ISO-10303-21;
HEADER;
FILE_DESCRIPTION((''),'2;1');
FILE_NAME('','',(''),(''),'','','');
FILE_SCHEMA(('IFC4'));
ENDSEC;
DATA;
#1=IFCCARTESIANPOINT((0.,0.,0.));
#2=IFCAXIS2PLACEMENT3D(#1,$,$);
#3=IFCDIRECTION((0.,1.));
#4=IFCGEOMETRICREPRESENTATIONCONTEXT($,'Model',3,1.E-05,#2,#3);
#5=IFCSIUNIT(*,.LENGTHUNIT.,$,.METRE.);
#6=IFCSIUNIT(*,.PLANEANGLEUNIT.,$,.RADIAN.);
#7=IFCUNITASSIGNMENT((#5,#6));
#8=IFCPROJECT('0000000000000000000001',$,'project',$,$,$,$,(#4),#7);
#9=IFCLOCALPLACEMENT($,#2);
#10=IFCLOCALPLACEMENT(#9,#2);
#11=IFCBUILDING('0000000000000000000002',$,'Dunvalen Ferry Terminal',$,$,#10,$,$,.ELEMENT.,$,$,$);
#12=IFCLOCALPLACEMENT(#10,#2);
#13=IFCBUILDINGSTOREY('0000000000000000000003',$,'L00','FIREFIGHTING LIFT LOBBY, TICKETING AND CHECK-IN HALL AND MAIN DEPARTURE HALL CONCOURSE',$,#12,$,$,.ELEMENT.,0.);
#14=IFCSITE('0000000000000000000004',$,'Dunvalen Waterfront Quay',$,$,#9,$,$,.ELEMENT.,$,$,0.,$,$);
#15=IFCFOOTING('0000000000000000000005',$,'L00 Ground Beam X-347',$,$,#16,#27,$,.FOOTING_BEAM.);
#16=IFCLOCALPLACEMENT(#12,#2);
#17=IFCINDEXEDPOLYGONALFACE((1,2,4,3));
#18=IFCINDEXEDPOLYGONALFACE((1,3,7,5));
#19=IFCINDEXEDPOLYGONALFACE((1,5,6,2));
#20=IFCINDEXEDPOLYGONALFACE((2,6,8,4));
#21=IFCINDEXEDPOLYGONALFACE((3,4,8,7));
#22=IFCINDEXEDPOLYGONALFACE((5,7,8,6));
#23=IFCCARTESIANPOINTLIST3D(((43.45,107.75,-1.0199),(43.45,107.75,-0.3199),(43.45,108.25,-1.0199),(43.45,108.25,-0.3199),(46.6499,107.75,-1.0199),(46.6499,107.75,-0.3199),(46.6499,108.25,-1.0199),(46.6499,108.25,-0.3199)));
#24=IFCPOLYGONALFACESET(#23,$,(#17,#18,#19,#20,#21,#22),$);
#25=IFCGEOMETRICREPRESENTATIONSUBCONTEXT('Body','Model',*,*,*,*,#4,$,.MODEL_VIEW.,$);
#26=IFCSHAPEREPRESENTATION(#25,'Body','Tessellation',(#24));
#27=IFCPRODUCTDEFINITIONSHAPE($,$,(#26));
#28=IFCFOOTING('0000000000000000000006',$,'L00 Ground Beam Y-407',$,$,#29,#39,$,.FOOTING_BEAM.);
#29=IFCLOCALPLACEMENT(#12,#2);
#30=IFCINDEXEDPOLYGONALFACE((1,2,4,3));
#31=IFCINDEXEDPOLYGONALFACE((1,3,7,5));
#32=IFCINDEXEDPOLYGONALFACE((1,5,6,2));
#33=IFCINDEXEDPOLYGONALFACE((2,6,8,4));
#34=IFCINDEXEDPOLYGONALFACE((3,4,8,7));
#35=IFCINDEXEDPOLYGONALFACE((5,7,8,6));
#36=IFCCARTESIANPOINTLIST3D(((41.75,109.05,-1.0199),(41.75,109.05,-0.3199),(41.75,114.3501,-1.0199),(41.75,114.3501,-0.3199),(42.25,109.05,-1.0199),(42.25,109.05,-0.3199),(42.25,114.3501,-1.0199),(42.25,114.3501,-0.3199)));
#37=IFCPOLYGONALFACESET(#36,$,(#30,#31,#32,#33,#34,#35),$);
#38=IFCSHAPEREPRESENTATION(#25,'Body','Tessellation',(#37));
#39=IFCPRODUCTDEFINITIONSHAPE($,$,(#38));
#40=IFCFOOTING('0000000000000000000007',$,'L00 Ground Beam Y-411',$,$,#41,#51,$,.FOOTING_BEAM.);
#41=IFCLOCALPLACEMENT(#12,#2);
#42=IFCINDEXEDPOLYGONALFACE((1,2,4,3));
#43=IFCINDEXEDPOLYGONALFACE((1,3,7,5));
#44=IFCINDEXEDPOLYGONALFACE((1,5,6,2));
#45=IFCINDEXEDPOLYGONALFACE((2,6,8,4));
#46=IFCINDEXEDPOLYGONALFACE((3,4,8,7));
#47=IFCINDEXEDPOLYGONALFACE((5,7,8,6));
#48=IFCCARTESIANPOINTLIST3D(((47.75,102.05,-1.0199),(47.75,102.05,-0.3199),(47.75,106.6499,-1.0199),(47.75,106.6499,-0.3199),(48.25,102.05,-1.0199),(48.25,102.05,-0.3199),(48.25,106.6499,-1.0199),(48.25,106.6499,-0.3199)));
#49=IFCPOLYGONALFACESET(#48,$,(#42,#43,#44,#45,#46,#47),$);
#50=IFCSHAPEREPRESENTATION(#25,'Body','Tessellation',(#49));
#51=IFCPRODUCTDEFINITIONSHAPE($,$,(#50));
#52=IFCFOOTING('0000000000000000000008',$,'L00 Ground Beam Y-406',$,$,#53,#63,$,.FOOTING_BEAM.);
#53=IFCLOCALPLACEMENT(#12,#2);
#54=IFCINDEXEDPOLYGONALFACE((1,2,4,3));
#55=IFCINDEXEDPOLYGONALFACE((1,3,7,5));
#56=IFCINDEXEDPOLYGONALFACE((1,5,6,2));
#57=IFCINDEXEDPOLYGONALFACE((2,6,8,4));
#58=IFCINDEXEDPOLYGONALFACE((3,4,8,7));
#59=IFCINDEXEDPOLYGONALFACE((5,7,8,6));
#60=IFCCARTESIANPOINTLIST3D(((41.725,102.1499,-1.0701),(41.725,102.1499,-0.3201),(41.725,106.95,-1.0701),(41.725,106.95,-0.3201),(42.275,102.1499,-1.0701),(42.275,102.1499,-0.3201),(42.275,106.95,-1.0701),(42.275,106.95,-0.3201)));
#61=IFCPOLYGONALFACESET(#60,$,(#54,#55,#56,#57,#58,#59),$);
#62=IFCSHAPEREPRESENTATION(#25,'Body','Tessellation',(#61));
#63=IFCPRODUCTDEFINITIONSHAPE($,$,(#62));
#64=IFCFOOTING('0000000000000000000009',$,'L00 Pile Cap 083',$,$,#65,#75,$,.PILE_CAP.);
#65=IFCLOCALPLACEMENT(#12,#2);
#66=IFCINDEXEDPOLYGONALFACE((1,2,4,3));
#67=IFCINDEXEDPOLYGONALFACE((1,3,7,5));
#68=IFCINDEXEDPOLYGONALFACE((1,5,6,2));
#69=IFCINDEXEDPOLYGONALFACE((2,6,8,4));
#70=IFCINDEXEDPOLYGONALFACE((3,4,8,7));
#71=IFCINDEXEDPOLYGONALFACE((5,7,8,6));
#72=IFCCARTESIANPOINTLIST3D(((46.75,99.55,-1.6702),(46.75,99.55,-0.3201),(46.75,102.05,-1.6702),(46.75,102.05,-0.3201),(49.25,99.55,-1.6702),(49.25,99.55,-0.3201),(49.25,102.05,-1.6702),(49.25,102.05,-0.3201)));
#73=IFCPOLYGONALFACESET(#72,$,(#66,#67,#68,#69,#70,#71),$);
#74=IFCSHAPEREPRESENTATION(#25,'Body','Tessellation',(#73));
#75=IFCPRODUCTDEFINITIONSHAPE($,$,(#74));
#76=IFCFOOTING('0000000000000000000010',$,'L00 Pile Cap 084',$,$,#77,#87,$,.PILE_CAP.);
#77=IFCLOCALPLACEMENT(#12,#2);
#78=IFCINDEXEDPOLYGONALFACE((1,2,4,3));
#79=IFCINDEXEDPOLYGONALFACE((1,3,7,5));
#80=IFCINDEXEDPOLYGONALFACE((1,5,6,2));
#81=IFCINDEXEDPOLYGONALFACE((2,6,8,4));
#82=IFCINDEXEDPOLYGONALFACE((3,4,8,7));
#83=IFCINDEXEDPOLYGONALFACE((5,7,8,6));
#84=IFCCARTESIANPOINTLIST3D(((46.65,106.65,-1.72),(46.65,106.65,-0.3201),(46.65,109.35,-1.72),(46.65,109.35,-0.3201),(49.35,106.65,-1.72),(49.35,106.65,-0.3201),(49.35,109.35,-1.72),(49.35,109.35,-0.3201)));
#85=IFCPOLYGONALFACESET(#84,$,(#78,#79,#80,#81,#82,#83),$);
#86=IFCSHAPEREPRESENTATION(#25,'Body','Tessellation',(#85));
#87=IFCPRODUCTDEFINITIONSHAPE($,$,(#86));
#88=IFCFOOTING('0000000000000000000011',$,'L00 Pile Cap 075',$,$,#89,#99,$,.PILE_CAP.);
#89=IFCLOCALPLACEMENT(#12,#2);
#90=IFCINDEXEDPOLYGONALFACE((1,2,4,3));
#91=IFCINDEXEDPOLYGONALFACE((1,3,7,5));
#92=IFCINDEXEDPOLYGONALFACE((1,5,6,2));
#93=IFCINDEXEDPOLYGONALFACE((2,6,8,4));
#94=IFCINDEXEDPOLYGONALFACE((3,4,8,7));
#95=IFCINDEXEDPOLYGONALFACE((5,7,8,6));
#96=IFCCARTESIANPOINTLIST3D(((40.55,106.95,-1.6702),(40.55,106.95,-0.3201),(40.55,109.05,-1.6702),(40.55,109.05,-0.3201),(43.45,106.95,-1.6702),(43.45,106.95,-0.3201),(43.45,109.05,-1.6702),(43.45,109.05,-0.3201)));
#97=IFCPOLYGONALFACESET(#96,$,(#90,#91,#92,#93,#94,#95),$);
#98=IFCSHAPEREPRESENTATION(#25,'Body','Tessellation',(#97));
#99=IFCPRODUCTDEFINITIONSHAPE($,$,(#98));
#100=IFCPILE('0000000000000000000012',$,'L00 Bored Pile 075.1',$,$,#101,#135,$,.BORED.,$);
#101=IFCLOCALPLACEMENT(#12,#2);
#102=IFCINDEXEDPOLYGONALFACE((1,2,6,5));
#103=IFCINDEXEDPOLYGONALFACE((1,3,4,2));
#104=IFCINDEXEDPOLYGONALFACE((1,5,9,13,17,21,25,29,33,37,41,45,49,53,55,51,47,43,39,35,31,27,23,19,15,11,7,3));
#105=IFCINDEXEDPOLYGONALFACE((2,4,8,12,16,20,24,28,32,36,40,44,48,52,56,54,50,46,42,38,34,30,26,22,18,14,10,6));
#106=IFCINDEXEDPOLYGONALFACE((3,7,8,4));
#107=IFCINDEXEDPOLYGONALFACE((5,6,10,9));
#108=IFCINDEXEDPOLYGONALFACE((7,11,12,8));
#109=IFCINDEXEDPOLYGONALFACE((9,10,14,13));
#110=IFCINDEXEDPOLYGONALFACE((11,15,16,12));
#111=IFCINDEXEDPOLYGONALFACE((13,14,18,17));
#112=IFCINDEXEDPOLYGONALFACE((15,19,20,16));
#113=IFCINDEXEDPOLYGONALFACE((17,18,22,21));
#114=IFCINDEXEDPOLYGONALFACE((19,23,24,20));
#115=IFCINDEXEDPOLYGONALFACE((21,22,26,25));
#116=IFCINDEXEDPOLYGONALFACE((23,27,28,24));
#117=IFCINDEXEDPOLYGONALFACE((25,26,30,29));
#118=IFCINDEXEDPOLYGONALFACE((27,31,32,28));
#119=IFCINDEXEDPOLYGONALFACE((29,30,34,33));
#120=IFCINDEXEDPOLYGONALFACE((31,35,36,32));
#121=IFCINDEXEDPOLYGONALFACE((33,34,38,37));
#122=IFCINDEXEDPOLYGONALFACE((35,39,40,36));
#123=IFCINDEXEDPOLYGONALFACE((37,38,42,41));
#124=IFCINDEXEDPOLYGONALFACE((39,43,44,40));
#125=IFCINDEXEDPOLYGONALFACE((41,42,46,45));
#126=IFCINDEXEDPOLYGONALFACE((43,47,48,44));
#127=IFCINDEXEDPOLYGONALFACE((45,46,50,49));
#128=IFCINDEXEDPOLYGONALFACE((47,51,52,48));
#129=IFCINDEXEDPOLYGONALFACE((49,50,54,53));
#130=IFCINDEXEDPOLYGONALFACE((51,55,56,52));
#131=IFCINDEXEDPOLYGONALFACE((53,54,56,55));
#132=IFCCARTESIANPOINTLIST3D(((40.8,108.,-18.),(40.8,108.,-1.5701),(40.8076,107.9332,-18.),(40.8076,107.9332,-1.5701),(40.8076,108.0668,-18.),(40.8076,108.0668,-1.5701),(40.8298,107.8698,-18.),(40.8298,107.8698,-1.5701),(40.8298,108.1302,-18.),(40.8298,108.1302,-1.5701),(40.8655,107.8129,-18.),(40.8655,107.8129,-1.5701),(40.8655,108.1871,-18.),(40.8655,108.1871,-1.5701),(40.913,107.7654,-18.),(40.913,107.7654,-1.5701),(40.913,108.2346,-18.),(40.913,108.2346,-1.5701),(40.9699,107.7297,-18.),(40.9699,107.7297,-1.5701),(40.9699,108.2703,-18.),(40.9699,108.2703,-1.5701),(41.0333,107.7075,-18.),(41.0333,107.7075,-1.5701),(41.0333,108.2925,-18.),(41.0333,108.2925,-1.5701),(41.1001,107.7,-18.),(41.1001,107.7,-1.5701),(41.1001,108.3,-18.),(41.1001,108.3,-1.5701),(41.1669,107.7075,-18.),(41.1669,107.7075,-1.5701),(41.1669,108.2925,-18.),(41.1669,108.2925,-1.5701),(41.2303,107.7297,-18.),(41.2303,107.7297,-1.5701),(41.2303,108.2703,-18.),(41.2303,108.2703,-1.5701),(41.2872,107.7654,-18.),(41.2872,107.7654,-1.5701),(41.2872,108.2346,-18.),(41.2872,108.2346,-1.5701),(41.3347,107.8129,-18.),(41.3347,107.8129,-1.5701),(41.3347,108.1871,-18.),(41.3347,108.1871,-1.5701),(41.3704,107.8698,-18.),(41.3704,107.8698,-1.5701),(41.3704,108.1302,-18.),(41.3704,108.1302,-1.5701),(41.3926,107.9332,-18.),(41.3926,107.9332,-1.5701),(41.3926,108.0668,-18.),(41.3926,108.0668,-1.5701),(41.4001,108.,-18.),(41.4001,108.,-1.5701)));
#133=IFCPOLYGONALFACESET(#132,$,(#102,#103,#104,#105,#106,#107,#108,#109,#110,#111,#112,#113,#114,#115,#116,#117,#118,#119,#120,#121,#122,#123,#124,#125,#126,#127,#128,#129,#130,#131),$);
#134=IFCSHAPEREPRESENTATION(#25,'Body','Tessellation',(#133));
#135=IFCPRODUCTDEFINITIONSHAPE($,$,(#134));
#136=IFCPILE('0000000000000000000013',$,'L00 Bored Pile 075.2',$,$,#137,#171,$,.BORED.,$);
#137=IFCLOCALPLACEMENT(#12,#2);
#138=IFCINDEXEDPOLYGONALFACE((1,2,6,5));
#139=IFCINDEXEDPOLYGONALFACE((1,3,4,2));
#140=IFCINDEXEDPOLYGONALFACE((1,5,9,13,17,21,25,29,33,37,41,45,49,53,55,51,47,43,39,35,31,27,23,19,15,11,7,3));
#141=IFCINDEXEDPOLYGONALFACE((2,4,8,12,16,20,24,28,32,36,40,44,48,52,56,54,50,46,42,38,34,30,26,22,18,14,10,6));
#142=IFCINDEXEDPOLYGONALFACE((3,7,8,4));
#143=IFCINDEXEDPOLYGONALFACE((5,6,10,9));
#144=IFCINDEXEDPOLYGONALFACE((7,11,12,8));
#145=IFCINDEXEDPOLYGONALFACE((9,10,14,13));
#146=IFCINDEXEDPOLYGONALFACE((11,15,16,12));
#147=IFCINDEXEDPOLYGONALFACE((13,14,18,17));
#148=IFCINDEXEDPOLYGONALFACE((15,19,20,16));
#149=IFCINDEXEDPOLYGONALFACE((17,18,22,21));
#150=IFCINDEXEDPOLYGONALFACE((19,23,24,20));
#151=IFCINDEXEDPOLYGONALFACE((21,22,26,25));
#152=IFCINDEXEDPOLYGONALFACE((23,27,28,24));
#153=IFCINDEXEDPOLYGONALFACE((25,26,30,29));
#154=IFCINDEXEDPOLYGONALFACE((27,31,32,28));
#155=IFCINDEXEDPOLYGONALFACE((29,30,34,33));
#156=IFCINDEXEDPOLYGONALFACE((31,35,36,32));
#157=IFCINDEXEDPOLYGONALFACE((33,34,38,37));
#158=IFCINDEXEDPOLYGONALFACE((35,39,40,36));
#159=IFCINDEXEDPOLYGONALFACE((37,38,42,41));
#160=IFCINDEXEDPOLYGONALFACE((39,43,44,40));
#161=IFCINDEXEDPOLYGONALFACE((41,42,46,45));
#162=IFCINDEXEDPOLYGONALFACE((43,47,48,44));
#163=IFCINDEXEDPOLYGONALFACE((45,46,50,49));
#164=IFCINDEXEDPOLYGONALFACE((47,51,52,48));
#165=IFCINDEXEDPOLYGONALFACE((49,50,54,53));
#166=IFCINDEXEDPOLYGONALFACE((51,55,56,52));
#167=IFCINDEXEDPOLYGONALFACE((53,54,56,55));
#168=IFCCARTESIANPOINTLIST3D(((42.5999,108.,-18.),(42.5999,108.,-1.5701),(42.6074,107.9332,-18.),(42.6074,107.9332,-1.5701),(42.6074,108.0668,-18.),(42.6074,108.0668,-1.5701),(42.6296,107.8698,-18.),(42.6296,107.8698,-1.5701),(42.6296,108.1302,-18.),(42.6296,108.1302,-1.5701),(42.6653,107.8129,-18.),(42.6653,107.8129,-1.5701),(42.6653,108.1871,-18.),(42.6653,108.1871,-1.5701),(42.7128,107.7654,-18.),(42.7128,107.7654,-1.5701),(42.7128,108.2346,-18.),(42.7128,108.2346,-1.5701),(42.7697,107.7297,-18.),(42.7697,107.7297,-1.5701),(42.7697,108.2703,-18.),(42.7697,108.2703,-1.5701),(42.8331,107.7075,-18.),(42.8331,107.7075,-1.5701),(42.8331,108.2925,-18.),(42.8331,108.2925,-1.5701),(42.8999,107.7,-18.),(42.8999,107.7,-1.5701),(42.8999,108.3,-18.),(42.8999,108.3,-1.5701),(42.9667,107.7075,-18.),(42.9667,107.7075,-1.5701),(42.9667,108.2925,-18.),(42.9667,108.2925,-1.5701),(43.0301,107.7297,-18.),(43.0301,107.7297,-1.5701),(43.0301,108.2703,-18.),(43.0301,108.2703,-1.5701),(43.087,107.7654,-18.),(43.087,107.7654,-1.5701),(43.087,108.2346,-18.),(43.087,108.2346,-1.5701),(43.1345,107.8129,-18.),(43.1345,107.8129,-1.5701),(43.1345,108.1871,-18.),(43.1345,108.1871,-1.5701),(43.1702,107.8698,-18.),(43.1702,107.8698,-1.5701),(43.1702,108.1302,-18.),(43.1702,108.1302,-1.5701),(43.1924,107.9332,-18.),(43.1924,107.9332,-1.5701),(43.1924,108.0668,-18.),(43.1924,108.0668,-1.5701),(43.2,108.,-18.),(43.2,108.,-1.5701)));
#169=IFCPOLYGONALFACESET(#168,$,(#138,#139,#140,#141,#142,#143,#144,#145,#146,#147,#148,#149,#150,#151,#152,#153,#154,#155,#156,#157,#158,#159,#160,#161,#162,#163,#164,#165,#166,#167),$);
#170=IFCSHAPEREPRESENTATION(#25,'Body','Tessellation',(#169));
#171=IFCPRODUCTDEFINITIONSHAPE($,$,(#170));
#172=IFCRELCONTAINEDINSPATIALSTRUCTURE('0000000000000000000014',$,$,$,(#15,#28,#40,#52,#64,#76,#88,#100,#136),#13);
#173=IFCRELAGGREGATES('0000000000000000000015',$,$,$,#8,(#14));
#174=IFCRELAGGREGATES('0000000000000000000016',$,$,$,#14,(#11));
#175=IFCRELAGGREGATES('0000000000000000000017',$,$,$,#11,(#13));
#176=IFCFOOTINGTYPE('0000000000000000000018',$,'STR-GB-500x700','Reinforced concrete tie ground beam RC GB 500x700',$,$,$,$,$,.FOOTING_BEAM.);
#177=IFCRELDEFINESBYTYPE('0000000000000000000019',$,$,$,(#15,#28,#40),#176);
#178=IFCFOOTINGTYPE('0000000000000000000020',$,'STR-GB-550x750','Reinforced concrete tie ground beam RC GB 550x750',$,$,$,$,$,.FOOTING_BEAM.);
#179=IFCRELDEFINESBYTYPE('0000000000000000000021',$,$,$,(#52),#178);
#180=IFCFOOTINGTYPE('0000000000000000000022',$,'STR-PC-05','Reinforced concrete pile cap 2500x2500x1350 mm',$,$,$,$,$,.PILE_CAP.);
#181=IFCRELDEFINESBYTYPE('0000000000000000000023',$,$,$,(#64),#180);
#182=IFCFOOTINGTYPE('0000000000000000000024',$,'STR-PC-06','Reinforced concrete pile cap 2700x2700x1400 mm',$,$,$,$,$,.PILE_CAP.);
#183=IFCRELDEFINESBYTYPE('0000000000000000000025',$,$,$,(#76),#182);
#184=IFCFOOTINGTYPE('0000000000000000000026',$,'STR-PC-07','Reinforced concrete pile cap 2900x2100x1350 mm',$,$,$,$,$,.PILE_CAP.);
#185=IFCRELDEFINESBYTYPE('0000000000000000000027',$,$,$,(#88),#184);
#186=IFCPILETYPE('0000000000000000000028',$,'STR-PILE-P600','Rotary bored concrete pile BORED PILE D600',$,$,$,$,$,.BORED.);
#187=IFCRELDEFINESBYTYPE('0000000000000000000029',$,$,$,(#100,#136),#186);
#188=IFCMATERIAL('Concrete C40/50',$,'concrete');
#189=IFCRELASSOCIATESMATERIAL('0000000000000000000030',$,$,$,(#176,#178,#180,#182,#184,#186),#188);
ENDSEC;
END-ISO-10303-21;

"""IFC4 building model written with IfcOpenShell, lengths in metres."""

from ifc_helpers import new_model, si_unit, direction, frame, origin, origin_2d, place, context, subcontext, project, spatial, rectangle, circle, extrude, material, material_profile, profile_set, type_object, element, save


model = new_model("IFC4")

# Units and contexts
model_context = context("Model", 3, precision=1e-05, world=origin(), true_north=direction((0.0, 1.0)))
body_context = subcontext(model_context, "Body", "Model", "MODEL_VIEW")
ifc_project = project(units=[si_unit("LENGTHUNIT", "METRE"), si_unit("PLANEANGLEUNIT", "RADIAN")], contexts=[model_context])

# Site, building, storey
site_placement = place(None, origin())
site = spatial("IfcSite", under=ifc_project, at=site_placement, Name="Dunvalen Waterfront Quay", CompositionType="ELEMENT", RefElevation=0.0)
building_placement = place(site_placement, origin())
building = spatial("IfcBuilding", under=site, at=building_placement, Name="Dunvalen Ferry Terminal", CompositionType="ELEMENT")
storey_placement = place(building_placement, origin())
storey = spatial("IfcBuildingStorey", under=building, at=storey_placement, Name="L00", Description="FIREFIGHTING LIFT LOBBY, TICKETING AND CHECK-IN HALL AND MAIN DEPARTURE HALL CONCOURSE", CompositionType="ELEMENT", Elevation=0.0)

# Footings
ifc_material_1 = material(Name="Concrete C40/50", Category="concrete")
ifc_material_profile_1 = material_profile(ifc_material_1, rectangle(XDim=0.5, YDim=0.7, at=origin_2d()), Name="Concrete C40/50")
ifc_profile_set_1 = profile_set([ifc_material_profile_1], Name="Concrete C40/50")
footing_type_1 = type_object("IfcFootingType", Name="STR-GB-500x700", Description="Reinforced concrete tie ground beam RC GB 500x700", PredefinedType="FOOTING_BEAM", material=ifc_profile_set_1)
footing_1_placement = place(storey_placement, frame((43.45, 108.0, -0.6699), z_axis=(1.0, 0.0, 0.0), x_axis=(0.0, 1.0, 0.0)))
element("IfcFooting", 1, at=footing_1_placement, inside=storey, type_object=footing_type_1, Name="L00 Ground Beam X-347", PredefinedType="FOOTING_BEAM", context=body_context, shape_type="SweptSolid", body=[
    extrude(rectangle(XDim=0.5, YDim=0.7, at=origin_2d()), origin(), (0.0, 0.0, 1.0), 3.2),
])
footing_2_placement = place(storey_placement, frame((42.0, 109.05, -0.6699), z_axis=(0.0, 1.0, 0.0), x_axis=(-1.0, 0.0, 0.0)))
element("IfcFooting", 2, at=footing_2_placement, inside=storey, type_object=footing_type_1, Name="L00 Ground Beam Y-407", PredefinedType="FOOTING_BEAM", context=body_context, shape_type="SweptSolid", body=[
    extrude(rectangle(XDim=0.5, YDim=0.7, at=origin_2d()), origin(), (0.0, 0.0, 1.0), 5.3),
])
footing_3_placement = place(storey_placement, frame((48.0, 102.05, -0.6699), z_axis=(0.0, 1.0, 0.0), x_axis=(-1.0, 0.0, 0.0)))
element("IfcFooting", 3, at=footing_3_placement, inside=storey, type_object=footing_type_1, Name="L00 Ground Beam Y-411", PredefinedType="FOOTING_BEAM", context=body_context, shape_type="SweptSolid", body=[
    extrude(rectangle(XDim=0.5, YDim=0.7, at=origin_2d()), origin(), (0.0, 0.0, 1.0), 4.5999),
])
ifc_material_profile_2 = material_profile(ifc_material_1, rectangle(XDim=0.55, YDim=0.75, at=origin_2d()), Name="Concrete C40/50")
ifc_profile_set_2 = profile_set([ifc_material_profile_2], Name="Concrete C40/50")
footing_type_2 = type_object("IfcFootingType", Name="STR-GB-550x750", Description="Reinforced concrete tie ground beam RC GB 550x750", PredefinedType="FOOTING_BEAM", material=ifc_profile_set_2)
footing_4_placement = place(storey_placement, frame((42.0, 102.1499, -0.6951), z_axis=(0.0, 1.0, 0.0), x_axis=(-1.0, 0.0, 0.0)))
element("IfcFooting", 4, at=footing_4_placement, inside=storey, type_object=footing_type_2, Name="L00 Ground Beam Y-406", PredefinedType="FOOTING_BEAM", context=body_context, shape_type="SweptSolid", body=[
    extrude(rectangle(XDim=0.55, YDim=0.75, at=origin_2d()), origin(), (0.0, 0.0, 1.0), 4.8),
])
footing_type_3 = type_object("IfcFootingType", Name="STR-PC-05", Description="Reinforced concrete pile cap 2500x2500x1350 mm", PredefinedType="PILE_CAP", material=ifc_material_1)
footing_5_placement = place(storey_placement, frame((48.0, 100.8, -1.6702), z_axis=(0.0, 0.0, 1.0), x_axis=(1.0, 0.0, 0.0)))
element("IfcFooting", 5, at=footing_5_placement, inside=storey, type_object=footing_type_3, Name="L00 Pile Cap 083", PredefinedType="PILE_CAP", context=body_context, shape_type="SweptSolid", body=[
    extrude(rectangle(XDim=2.5, YDim=2.5, at=origin_2d()), origin(), (0.0, 0.0, 1.0), 1.3501),
])
footing_type_4 = type_object("IfcFootingType", Name="STR-PC-06", Description="Reinforced concrete pile cap 2700x2700x1400 mm", PredefinedType="PILE_CAP", material=ifc_material_1)
footing_6_placement = place(storey_placement, frame((48.0, 108.0, -1.72), z_axis=(0.0, 0.0, 1.0), x_axis=(1.0, 0.0, 0.0)))
element("IfcFooting", 6, at=footing_6_placement, inside=storey, type_object=footing_type_4, Name="L00 Pile Cap 084", PredefinedType="PILE_CAP", context=body_context, shape_type="SweptSolid", body=[
    extrude(rectangle(XDim=2.7, YDim=2.7, at=origin_2d()), origin(), (0.0, 0.0, 1.0), 1.3999),
])
footing_type_5 = type_object("IfcFootingType", Name="STR-PC-07", Description="Reinforced concrete pile cap 2900x2100x1350 mm", PredefinedType="PILE_CAP", material=ifc_material_1)
footing_7_placement = place(storey_placement, frame((42.0, 108.0, -1.6702), z_axis=(0.0, 0.0, 1.0), x_axis=(1.0, 0.0, 0.0)))
element("IfcFooting", 7, at=footing_7_placement, inside=storey, type_object=footing_type_5, Name="L00 Pile Cap 075", PredefinedType="PILE_CAP", context=body_context, shape_type="SweptSolid", body=[
    extrude(rectangle(XDim=2.8999, YDim=2.1001, at=origin_2d()), origin(), (0.0, 0.0, 1.0), 1.3501),
])

# Piles
ifc_material_profile_3 = material_profile(ifc_material_1, circle(Radius=0.3, at=origin_2d()), Name="Concrete C40/50")
ifc_profile_set_3 = profile_set([ifc_material_profile_3], Name="Concrete C40/50")
pile_type_1 = type_object("IfcPileType", Name="STR-PILE-P600", Description="Rotary bored concrete pile BORED PILE D600", PredefinedType="BORED", material=ifc_profile_set_3)
for number, where, z_axis, x_axis, name in (
    (8, (41.1001, 108.0, -1.5701), (0.0, 0.0, -1.0), (1.0, 0.0, 0.0), "L00 Bored Pile 075.1"),
    (9, (42.8999, 108.0, -1.5701), (0.0, 0.0, -1.0), (1.0, 0.0, 0.0), "L00 Bored Pile 075.2"),
):
    element("IfcPile", number, at=place(storey_placement, frame(where, z_axis=z_axis, x_axis=x_axis)), inside=storey, type_object=pile_type_1, Name=name, PredefinedType="BORED", context=body_context, shape_type="SweptSolid", body=[
        extrude(circle(Radius=0.3, at=origin_2d()), origin(), (0.0, 0.0, 1.0), 16.4299),
    ])

save(model, "model.ifc")
